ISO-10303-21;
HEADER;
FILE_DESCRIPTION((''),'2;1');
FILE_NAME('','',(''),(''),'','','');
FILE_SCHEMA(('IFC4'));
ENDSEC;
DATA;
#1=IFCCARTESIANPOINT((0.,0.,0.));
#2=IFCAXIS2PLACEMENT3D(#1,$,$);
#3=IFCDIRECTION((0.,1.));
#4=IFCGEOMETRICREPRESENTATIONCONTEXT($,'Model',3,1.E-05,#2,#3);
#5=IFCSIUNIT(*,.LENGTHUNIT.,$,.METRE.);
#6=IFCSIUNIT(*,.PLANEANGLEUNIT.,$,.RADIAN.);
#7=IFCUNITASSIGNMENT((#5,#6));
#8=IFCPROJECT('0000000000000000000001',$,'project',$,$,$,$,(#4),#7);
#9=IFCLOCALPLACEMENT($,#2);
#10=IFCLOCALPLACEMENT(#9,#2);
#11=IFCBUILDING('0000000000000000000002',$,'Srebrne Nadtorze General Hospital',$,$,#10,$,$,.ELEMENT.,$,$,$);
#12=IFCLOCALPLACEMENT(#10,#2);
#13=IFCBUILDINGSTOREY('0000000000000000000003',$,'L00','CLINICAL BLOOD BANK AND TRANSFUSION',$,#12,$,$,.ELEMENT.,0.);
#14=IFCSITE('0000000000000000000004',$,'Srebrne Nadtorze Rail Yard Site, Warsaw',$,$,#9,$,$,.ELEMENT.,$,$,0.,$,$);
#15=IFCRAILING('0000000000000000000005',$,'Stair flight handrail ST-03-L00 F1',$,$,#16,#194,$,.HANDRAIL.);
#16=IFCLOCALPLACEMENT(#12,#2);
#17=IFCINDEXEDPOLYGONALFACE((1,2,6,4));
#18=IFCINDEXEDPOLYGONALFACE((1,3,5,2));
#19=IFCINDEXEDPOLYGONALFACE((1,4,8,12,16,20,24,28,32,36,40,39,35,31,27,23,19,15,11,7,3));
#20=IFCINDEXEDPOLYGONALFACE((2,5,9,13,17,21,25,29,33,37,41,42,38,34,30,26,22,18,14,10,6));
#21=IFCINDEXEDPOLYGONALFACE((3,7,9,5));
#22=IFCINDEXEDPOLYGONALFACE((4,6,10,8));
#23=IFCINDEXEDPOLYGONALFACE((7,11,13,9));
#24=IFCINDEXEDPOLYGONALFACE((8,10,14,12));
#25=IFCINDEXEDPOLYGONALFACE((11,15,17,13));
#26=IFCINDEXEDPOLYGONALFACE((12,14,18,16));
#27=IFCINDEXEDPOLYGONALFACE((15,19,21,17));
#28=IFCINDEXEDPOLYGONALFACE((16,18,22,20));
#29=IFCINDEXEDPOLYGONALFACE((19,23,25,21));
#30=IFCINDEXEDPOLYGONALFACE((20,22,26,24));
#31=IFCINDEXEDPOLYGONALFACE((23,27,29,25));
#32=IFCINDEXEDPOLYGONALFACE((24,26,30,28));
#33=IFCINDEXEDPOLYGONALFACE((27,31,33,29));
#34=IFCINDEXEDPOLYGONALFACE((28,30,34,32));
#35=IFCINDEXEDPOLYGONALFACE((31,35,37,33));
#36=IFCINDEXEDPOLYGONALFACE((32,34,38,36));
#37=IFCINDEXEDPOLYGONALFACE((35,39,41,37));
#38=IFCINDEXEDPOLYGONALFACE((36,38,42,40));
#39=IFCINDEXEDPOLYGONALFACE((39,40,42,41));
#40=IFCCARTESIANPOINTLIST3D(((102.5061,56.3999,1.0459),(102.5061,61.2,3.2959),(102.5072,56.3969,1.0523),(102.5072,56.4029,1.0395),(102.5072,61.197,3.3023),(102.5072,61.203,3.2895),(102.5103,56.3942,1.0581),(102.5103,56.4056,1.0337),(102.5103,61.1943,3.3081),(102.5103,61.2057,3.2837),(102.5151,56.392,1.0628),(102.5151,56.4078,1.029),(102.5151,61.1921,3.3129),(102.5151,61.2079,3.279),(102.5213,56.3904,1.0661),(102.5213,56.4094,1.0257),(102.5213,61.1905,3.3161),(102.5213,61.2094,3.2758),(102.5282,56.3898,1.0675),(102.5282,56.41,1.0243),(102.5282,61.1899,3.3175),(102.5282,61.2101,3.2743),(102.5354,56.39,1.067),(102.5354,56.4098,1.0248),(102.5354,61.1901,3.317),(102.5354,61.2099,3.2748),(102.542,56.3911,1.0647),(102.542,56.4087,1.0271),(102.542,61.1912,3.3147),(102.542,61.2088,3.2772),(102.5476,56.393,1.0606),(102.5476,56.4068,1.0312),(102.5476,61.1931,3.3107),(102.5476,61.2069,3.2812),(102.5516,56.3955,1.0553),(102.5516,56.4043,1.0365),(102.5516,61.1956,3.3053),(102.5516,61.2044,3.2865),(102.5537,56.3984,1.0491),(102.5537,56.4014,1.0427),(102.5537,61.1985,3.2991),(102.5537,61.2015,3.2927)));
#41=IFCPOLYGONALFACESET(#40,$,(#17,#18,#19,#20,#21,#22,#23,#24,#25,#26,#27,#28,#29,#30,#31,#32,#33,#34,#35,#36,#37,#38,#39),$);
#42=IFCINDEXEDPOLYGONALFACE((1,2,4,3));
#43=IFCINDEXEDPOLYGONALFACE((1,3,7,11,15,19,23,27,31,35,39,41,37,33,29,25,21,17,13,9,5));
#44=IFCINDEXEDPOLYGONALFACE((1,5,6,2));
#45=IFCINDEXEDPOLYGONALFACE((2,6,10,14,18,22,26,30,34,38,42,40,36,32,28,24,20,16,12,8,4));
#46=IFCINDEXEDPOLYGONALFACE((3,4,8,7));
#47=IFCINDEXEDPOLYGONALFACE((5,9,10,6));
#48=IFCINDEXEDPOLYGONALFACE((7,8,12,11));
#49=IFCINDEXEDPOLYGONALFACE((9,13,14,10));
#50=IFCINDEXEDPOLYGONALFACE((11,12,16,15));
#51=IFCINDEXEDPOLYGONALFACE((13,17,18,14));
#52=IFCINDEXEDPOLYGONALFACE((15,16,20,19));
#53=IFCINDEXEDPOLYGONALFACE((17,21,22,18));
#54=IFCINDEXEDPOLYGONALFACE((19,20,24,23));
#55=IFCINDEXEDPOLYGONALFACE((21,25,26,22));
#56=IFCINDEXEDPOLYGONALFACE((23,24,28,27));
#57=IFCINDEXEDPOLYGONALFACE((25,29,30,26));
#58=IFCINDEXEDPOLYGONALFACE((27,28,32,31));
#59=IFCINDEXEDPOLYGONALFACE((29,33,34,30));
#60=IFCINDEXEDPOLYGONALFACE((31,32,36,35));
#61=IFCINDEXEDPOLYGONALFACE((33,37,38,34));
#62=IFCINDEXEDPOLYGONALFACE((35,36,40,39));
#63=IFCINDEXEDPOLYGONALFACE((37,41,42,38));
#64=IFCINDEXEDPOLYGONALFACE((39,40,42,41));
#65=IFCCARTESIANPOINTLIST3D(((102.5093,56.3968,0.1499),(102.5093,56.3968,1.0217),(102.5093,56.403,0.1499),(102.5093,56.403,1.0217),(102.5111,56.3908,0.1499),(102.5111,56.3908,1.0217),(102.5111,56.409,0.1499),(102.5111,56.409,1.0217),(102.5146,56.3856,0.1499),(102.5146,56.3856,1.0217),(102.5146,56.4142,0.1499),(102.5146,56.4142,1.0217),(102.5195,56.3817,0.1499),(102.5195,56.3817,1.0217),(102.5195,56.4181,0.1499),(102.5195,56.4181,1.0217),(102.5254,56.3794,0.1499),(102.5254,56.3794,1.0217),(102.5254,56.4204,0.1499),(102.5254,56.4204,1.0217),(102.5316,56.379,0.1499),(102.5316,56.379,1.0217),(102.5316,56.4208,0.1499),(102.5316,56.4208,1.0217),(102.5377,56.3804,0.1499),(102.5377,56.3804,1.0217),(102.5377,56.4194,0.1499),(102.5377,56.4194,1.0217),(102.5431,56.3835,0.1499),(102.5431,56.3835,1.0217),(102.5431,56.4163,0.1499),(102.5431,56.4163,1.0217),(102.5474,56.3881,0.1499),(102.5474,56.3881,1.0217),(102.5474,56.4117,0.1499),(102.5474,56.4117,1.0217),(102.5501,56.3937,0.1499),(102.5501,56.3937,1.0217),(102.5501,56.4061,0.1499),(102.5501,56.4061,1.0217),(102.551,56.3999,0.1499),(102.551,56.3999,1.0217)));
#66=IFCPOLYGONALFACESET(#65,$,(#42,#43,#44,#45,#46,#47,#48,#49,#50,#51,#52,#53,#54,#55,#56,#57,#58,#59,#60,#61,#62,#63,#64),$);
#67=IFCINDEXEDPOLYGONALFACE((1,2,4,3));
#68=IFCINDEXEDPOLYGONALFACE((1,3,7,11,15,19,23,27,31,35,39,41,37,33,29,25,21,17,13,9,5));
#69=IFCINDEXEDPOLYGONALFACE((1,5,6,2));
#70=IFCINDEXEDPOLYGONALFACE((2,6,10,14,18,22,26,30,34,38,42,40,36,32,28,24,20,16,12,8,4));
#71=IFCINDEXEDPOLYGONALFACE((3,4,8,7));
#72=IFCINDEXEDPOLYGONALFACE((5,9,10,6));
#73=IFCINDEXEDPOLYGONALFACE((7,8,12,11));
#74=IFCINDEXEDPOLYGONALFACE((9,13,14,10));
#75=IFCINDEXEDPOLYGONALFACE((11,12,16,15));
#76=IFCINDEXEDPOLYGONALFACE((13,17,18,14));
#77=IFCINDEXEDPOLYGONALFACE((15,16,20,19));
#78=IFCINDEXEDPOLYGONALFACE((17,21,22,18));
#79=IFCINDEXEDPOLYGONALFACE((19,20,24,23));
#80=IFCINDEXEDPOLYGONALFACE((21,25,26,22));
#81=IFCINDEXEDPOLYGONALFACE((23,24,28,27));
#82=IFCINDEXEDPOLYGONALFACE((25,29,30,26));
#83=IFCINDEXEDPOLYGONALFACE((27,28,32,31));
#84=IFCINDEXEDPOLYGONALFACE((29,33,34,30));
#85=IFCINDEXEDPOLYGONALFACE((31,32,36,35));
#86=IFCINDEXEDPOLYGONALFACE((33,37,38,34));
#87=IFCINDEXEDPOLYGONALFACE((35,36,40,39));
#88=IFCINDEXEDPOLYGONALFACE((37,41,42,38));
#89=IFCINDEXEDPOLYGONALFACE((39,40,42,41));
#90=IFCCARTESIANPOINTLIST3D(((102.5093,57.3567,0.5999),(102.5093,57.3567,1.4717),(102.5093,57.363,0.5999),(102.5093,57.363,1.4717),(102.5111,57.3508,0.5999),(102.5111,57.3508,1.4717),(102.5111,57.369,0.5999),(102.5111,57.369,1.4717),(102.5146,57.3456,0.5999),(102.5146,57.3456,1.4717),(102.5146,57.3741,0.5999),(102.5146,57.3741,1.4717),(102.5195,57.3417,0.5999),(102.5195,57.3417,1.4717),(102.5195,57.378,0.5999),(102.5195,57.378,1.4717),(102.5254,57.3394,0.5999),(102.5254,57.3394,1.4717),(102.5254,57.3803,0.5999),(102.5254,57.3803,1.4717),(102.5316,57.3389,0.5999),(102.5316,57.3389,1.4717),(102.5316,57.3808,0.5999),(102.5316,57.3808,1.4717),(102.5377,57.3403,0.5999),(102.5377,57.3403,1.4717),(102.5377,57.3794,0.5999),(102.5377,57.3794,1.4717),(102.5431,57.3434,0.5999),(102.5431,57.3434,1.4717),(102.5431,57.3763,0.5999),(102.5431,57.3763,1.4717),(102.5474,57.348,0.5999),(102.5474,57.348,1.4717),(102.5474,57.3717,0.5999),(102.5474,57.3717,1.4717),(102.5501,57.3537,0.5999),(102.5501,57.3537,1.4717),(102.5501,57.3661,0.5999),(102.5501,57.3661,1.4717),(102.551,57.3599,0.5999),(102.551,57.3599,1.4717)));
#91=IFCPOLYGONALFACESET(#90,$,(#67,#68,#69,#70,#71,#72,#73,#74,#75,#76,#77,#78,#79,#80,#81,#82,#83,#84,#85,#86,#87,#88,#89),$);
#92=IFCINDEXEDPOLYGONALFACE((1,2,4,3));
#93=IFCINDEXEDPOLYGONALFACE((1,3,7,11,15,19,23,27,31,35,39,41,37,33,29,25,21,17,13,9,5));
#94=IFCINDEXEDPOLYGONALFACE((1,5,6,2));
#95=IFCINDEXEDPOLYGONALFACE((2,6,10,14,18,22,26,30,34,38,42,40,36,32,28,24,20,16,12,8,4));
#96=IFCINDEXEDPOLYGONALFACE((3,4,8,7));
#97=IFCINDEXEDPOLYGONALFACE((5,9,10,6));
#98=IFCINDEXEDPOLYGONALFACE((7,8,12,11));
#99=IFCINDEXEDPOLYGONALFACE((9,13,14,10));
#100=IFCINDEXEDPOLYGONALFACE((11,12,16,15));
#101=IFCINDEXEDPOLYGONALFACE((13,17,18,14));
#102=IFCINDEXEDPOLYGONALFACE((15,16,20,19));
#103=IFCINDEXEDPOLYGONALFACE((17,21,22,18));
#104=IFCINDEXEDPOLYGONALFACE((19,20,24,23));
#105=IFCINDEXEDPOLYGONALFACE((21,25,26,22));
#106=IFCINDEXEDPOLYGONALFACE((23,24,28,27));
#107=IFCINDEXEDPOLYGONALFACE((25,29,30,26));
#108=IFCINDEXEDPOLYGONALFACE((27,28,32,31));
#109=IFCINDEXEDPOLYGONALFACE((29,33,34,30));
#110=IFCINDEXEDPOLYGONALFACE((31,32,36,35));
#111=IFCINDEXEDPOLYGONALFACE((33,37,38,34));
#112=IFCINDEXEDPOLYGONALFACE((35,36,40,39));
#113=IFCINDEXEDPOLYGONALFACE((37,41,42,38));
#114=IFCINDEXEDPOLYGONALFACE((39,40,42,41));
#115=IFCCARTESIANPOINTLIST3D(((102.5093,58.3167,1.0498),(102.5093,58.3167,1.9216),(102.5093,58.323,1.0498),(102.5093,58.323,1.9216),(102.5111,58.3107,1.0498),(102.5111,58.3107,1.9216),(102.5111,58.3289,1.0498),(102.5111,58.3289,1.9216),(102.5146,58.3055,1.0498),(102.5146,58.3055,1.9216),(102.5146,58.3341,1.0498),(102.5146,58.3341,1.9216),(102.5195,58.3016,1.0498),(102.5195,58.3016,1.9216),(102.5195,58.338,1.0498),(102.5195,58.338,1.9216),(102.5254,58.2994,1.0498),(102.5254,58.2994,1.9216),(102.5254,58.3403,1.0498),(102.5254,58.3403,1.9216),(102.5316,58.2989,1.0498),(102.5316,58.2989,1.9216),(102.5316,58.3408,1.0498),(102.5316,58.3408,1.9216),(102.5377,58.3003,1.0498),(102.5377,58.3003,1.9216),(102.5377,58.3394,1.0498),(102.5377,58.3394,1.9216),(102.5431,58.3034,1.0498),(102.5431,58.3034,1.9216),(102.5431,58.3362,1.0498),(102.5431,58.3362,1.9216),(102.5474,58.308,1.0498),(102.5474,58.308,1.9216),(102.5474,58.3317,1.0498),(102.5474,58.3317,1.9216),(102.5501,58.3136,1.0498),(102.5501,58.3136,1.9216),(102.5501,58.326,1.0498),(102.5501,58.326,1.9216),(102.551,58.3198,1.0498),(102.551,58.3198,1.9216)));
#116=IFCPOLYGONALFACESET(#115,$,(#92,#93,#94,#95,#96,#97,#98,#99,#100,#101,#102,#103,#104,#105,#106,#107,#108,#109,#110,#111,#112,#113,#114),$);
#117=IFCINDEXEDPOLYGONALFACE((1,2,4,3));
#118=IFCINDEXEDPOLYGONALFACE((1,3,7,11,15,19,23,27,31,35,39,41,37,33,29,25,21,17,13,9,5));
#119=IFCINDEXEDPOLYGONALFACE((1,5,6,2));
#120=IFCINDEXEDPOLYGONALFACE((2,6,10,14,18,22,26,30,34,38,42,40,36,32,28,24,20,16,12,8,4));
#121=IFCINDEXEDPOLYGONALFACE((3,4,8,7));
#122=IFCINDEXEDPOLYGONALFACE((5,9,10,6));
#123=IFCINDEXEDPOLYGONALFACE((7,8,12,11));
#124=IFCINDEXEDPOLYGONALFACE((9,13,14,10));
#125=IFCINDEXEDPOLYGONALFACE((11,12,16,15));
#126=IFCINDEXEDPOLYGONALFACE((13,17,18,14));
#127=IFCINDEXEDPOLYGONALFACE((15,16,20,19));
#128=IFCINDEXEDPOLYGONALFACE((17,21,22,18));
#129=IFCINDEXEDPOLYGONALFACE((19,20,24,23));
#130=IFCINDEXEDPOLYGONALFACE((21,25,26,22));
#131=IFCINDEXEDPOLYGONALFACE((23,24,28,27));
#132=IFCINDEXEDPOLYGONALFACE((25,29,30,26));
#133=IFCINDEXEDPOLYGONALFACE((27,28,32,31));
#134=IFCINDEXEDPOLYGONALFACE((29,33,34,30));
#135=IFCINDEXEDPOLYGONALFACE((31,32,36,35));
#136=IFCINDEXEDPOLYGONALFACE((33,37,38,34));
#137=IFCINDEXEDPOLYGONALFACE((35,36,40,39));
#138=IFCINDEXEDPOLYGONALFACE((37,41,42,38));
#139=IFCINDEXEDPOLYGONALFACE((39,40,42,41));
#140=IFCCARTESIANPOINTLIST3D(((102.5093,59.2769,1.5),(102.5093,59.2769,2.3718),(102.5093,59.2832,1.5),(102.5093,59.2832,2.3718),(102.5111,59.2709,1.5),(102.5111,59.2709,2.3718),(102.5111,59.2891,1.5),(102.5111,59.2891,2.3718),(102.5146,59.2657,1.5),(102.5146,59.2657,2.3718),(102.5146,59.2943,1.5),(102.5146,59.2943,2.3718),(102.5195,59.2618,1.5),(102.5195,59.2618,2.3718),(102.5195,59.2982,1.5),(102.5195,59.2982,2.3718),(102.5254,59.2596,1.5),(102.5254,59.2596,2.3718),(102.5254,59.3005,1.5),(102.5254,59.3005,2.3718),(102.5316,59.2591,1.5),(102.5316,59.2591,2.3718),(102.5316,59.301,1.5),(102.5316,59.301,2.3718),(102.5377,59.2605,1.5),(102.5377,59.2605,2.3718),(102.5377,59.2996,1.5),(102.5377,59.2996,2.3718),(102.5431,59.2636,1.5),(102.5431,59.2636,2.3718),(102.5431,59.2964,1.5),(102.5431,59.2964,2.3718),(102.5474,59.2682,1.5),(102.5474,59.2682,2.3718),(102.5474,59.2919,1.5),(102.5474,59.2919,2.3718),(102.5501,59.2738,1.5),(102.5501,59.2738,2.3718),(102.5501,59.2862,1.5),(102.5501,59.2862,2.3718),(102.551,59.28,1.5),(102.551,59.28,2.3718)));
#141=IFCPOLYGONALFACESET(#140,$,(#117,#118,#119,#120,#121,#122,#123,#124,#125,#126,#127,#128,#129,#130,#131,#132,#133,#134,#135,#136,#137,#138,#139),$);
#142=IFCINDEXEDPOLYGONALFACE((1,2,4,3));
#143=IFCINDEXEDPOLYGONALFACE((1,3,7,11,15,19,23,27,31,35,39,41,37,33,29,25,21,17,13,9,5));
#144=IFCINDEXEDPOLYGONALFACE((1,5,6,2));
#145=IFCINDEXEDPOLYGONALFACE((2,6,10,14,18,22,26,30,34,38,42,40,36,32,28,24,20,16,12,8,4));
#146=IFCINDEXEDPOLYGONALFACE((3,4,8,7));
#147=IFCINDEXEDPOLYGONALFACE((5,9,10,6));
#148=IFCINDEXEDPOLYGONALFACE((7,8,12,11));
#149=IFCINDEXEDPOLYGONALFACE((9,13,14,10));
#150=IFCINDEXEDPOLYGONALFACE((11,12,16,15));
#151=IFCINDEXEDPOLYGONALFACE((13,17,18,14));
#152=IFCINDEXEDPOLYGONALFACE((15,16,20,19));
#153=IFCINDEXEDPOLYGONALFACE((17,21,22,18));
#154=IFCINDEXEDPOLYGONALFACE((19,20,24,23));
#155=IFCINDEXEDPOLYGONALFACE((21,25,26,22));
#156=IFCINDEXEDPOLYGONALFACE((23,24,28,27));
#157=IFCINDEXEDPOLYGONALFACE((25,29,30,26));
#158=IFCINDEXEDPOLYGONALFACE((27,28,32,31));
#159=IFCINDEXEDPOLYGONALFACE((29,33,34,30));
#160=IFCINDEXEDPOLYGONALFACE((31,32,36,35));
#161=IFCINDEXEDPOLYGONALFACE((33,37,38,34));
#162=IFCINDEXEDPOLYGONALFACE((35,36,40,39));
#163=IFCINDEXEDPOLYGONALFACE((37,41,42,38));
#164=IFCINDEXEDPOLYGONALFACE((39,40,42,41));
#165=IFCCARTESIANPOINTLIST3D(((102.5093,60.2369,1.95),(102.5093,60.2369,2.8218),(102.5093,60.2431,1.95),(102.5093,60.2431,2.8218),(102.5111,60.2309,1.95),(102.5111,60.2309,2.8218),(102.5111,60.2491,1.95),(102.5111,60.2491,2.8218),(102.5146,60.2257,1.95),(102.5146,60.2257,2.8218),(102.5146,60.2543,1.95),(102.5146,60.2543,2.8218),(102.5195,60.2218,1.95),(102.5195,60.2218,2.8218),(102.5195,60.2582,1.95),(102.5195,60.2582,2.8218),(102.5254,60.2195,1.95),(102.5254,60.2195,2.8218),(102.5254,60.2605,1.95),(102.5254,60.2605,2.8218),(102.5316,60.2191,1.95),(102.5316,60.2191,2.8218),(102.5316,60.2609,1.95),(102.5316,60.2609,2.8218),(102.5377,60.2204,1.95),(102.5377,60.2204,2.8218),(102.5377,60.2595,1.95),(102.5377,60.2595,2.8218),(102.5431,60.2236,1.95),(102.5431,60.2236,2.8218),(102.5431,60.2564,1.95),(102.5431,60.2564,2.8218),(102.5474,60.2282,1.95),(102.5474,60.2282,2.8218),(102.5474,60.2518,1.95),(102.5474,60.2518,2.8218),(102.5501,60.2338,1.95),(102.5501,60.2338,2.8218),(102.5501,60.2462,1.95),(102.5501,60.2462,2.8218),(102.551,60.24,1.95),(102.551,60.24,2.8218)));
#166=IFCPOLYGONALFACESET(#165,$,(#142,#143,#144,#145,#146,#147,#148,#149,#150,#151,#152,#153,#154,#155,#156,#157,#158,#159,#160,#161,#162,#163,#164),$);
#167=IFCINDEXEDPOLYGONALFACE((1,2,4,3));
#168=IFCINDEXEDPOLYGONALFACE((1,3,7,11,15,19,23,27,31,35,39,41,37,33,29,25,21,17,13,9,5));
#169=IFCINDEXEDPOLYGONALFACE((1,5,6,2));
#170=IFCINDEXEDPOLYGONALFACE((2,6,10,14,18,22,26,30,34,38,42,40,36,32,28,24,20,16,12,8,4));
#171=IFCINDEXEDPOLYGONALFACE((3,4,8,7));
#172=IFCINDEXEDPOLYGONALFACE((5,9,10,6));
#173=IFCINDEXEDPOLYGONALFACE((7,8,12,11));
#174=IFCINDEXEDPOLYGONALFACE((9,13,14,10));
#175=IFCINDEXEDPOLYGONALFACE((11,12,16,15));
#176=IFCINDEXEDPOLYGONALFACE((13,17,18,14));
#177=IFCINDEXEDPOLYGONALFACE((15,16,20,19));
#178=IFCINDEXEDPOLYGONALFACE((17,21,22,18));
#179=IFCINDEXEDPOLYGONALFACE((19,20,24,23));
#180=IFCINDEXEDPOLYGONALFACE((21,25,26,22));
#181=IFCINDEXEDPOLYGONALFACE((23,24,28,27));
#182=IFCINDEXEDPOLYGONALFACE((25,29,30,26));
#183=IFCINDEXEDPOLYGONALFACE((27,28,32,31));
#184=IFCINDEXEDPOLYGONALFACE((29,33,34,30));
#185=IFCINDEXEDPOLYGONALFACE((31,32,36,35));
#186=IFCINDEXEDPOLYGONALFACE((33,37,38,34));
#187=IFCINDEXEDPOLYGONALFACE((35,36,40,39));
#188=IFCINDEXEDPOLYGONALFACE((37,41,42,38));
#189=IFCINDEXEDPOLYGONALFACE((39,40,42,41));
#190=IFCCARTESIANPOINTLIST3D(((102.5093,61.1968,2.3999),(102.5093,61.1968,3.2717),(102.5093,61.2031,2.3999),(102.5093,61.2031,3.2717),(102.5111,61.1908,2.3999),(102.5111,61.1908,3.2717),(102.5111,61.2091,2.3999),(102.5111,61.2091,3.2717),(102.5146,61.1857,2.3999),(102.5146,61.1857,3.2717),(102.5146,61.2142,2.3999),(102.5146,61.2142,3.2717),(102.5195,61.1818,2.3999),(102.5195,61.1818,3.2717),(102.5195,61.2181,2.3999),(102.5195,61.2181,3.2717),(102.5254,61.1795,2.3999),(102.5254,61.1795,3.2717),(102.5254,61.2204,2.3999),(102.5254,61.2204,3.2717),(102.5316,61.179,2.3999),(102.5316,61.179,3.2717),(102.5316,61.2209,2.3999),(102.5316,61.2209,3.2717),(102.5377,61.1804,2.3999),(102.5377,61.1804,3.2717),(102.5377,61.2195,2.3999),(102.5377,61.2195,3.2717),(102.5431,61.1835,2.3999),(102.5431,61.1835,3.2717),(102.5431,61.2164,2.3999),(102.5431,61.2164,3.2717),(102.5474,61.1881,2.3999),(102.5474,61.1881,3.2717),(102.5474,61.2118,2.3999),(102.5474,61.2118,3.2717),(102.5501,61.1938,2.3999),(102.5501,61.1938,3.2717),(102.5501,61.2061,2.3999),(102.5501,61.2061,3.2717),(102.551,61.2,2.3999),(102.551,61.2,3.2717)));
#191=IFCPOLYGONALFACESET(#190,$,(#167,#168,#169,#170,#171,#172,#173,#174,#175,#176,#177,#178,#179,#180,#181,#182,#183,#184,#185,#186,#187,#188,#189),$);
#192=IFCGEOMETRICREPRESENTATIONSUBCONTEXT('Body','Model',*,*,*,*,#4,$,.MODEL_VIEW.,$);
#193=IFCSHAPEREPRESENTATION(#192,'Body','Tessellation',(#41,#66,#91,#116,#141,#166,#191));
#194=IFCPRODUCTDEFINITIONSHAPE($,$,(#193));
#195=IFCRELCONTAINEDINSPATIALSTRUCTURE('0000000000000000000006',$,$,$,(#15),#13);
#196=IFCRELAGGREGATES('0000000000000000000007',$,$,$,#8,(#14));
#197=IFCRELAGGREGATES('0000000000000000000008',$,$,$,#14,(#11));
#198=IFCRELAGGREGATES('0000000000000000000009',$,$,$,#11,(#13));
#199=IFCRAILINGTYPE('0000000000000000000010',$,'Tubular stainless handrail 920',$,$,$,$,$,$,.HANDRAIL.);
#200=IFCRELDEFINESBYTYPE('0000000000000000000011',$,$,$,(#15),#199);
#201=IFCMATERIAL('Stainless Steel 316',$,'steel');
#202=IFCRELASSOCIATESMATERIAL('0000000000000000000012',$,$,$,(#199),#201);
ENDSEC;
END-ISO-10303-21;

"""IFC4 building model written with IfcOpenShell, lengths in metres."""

from ifc_helpers import new_model, si_unit, direction, frame, origin, origin_2d, place, context, subcontext, project, spatial, circle, extrude, material, type_object, element, save


model = new_model("IFC4")

# Units and contexts
model_context = context("Model", 3, precision=1e-05, world=origin(), true_north=direction((0.0, 1.0)))
body_context = subcontext(model_context, "Body", "Model", "MODEL_VIEW")
ifc_project = project(units=[si_unit("LENGTHUNIT", "METRE"), si_unit("PLANEANGLEUNIT", "RADIAN")], contexts=[model_context])

# Site, building, storey
site_placement = place(None, origin())
site = spatial("IfcSite", under=ifc_project, at=site_placement, Name="Srebrne Nadtorze Rail Yard Site, Warsaw", CompositionType="ELEMENT", RefElevation=0.0)
building_placement = place(site_placement, origin())
building = spatial("IfcBuilding", under=site, at=building_placement, Name="Srebrne Nadtorze General Hospital", CompositionType="ELEMENT")
storey_placement = place(building_placement, origin())
storey = spatial("IfcBuildingStorey", under=building, at=storey_placement, Name="L00", Description="CLINICAL BLOOD BANK AND TRANSFUSION", CompositionType="ELEMENT", Elevation=0.0)

# Railing
ifc_material_1 = material(Name="Stainless Steel 316", Category="steel")
railing_type_1 = type_object("IfcRailingType", Name="Tubular stainless handrail 920", PredefinedType="HANDRAIL", material=ifc_material_1)
railing_1_placement = place(storey_placement, frame((102.53, 56.3999, 0.1499)))
element("IfcRailing", 1, at=railing_1_placement, inside=storey, type_object=railing_type_1, Name="Stair flight handrail ST-03-L00 F1", PredefinedType="HANDRAIL", context=body_context, shape_type="SweptSolid", body=[
    extrude(circle(Radius=0.0239, at=origin_2d()), frame((0.0, 0.0, 0.896), z_axis=(0.0, 0.905461, 0.42443), x_axis=(-1.0, 0.0, 0.0)), (0.0, 0.0, 1.0), 5.3013),
    extrude(circle(Radius=0.021, at=origin_2d()), origin(), (0.0, 0.0, 1.0), 0.8718),
    extrude(circle(Radius=0.021, at=origin_2d()), frame((0.0, 0.96, 0.45)), (0.0, 0.0, 1.0), 0.8718),
    extrude(circle(Radius=0.021, at=origin_2d()), frame((0.0, 1.9199, 0.8999)), (0.0, 0.0, 1.0), 0.8718),
    extrude(circle(Radius=0.021, at=origin_2d()), frame((0.0, 2.8801, 1.3501)), (0.0, 0.0, 1.0), 0.8718),
    extrude(circle(Radius=0.021, at=origin_2d()), frame((0.0, 3.8401, 1.8)), (0.0, 0.0, 1.0), 0.8718),
    extrude(circle(Radius=0.021, at=origin_2d()), frame((0.0, 4.8, 2.25)), (0.0, 0.0, 1.0), 0.8718),
])

save(model, "model.ifc")
